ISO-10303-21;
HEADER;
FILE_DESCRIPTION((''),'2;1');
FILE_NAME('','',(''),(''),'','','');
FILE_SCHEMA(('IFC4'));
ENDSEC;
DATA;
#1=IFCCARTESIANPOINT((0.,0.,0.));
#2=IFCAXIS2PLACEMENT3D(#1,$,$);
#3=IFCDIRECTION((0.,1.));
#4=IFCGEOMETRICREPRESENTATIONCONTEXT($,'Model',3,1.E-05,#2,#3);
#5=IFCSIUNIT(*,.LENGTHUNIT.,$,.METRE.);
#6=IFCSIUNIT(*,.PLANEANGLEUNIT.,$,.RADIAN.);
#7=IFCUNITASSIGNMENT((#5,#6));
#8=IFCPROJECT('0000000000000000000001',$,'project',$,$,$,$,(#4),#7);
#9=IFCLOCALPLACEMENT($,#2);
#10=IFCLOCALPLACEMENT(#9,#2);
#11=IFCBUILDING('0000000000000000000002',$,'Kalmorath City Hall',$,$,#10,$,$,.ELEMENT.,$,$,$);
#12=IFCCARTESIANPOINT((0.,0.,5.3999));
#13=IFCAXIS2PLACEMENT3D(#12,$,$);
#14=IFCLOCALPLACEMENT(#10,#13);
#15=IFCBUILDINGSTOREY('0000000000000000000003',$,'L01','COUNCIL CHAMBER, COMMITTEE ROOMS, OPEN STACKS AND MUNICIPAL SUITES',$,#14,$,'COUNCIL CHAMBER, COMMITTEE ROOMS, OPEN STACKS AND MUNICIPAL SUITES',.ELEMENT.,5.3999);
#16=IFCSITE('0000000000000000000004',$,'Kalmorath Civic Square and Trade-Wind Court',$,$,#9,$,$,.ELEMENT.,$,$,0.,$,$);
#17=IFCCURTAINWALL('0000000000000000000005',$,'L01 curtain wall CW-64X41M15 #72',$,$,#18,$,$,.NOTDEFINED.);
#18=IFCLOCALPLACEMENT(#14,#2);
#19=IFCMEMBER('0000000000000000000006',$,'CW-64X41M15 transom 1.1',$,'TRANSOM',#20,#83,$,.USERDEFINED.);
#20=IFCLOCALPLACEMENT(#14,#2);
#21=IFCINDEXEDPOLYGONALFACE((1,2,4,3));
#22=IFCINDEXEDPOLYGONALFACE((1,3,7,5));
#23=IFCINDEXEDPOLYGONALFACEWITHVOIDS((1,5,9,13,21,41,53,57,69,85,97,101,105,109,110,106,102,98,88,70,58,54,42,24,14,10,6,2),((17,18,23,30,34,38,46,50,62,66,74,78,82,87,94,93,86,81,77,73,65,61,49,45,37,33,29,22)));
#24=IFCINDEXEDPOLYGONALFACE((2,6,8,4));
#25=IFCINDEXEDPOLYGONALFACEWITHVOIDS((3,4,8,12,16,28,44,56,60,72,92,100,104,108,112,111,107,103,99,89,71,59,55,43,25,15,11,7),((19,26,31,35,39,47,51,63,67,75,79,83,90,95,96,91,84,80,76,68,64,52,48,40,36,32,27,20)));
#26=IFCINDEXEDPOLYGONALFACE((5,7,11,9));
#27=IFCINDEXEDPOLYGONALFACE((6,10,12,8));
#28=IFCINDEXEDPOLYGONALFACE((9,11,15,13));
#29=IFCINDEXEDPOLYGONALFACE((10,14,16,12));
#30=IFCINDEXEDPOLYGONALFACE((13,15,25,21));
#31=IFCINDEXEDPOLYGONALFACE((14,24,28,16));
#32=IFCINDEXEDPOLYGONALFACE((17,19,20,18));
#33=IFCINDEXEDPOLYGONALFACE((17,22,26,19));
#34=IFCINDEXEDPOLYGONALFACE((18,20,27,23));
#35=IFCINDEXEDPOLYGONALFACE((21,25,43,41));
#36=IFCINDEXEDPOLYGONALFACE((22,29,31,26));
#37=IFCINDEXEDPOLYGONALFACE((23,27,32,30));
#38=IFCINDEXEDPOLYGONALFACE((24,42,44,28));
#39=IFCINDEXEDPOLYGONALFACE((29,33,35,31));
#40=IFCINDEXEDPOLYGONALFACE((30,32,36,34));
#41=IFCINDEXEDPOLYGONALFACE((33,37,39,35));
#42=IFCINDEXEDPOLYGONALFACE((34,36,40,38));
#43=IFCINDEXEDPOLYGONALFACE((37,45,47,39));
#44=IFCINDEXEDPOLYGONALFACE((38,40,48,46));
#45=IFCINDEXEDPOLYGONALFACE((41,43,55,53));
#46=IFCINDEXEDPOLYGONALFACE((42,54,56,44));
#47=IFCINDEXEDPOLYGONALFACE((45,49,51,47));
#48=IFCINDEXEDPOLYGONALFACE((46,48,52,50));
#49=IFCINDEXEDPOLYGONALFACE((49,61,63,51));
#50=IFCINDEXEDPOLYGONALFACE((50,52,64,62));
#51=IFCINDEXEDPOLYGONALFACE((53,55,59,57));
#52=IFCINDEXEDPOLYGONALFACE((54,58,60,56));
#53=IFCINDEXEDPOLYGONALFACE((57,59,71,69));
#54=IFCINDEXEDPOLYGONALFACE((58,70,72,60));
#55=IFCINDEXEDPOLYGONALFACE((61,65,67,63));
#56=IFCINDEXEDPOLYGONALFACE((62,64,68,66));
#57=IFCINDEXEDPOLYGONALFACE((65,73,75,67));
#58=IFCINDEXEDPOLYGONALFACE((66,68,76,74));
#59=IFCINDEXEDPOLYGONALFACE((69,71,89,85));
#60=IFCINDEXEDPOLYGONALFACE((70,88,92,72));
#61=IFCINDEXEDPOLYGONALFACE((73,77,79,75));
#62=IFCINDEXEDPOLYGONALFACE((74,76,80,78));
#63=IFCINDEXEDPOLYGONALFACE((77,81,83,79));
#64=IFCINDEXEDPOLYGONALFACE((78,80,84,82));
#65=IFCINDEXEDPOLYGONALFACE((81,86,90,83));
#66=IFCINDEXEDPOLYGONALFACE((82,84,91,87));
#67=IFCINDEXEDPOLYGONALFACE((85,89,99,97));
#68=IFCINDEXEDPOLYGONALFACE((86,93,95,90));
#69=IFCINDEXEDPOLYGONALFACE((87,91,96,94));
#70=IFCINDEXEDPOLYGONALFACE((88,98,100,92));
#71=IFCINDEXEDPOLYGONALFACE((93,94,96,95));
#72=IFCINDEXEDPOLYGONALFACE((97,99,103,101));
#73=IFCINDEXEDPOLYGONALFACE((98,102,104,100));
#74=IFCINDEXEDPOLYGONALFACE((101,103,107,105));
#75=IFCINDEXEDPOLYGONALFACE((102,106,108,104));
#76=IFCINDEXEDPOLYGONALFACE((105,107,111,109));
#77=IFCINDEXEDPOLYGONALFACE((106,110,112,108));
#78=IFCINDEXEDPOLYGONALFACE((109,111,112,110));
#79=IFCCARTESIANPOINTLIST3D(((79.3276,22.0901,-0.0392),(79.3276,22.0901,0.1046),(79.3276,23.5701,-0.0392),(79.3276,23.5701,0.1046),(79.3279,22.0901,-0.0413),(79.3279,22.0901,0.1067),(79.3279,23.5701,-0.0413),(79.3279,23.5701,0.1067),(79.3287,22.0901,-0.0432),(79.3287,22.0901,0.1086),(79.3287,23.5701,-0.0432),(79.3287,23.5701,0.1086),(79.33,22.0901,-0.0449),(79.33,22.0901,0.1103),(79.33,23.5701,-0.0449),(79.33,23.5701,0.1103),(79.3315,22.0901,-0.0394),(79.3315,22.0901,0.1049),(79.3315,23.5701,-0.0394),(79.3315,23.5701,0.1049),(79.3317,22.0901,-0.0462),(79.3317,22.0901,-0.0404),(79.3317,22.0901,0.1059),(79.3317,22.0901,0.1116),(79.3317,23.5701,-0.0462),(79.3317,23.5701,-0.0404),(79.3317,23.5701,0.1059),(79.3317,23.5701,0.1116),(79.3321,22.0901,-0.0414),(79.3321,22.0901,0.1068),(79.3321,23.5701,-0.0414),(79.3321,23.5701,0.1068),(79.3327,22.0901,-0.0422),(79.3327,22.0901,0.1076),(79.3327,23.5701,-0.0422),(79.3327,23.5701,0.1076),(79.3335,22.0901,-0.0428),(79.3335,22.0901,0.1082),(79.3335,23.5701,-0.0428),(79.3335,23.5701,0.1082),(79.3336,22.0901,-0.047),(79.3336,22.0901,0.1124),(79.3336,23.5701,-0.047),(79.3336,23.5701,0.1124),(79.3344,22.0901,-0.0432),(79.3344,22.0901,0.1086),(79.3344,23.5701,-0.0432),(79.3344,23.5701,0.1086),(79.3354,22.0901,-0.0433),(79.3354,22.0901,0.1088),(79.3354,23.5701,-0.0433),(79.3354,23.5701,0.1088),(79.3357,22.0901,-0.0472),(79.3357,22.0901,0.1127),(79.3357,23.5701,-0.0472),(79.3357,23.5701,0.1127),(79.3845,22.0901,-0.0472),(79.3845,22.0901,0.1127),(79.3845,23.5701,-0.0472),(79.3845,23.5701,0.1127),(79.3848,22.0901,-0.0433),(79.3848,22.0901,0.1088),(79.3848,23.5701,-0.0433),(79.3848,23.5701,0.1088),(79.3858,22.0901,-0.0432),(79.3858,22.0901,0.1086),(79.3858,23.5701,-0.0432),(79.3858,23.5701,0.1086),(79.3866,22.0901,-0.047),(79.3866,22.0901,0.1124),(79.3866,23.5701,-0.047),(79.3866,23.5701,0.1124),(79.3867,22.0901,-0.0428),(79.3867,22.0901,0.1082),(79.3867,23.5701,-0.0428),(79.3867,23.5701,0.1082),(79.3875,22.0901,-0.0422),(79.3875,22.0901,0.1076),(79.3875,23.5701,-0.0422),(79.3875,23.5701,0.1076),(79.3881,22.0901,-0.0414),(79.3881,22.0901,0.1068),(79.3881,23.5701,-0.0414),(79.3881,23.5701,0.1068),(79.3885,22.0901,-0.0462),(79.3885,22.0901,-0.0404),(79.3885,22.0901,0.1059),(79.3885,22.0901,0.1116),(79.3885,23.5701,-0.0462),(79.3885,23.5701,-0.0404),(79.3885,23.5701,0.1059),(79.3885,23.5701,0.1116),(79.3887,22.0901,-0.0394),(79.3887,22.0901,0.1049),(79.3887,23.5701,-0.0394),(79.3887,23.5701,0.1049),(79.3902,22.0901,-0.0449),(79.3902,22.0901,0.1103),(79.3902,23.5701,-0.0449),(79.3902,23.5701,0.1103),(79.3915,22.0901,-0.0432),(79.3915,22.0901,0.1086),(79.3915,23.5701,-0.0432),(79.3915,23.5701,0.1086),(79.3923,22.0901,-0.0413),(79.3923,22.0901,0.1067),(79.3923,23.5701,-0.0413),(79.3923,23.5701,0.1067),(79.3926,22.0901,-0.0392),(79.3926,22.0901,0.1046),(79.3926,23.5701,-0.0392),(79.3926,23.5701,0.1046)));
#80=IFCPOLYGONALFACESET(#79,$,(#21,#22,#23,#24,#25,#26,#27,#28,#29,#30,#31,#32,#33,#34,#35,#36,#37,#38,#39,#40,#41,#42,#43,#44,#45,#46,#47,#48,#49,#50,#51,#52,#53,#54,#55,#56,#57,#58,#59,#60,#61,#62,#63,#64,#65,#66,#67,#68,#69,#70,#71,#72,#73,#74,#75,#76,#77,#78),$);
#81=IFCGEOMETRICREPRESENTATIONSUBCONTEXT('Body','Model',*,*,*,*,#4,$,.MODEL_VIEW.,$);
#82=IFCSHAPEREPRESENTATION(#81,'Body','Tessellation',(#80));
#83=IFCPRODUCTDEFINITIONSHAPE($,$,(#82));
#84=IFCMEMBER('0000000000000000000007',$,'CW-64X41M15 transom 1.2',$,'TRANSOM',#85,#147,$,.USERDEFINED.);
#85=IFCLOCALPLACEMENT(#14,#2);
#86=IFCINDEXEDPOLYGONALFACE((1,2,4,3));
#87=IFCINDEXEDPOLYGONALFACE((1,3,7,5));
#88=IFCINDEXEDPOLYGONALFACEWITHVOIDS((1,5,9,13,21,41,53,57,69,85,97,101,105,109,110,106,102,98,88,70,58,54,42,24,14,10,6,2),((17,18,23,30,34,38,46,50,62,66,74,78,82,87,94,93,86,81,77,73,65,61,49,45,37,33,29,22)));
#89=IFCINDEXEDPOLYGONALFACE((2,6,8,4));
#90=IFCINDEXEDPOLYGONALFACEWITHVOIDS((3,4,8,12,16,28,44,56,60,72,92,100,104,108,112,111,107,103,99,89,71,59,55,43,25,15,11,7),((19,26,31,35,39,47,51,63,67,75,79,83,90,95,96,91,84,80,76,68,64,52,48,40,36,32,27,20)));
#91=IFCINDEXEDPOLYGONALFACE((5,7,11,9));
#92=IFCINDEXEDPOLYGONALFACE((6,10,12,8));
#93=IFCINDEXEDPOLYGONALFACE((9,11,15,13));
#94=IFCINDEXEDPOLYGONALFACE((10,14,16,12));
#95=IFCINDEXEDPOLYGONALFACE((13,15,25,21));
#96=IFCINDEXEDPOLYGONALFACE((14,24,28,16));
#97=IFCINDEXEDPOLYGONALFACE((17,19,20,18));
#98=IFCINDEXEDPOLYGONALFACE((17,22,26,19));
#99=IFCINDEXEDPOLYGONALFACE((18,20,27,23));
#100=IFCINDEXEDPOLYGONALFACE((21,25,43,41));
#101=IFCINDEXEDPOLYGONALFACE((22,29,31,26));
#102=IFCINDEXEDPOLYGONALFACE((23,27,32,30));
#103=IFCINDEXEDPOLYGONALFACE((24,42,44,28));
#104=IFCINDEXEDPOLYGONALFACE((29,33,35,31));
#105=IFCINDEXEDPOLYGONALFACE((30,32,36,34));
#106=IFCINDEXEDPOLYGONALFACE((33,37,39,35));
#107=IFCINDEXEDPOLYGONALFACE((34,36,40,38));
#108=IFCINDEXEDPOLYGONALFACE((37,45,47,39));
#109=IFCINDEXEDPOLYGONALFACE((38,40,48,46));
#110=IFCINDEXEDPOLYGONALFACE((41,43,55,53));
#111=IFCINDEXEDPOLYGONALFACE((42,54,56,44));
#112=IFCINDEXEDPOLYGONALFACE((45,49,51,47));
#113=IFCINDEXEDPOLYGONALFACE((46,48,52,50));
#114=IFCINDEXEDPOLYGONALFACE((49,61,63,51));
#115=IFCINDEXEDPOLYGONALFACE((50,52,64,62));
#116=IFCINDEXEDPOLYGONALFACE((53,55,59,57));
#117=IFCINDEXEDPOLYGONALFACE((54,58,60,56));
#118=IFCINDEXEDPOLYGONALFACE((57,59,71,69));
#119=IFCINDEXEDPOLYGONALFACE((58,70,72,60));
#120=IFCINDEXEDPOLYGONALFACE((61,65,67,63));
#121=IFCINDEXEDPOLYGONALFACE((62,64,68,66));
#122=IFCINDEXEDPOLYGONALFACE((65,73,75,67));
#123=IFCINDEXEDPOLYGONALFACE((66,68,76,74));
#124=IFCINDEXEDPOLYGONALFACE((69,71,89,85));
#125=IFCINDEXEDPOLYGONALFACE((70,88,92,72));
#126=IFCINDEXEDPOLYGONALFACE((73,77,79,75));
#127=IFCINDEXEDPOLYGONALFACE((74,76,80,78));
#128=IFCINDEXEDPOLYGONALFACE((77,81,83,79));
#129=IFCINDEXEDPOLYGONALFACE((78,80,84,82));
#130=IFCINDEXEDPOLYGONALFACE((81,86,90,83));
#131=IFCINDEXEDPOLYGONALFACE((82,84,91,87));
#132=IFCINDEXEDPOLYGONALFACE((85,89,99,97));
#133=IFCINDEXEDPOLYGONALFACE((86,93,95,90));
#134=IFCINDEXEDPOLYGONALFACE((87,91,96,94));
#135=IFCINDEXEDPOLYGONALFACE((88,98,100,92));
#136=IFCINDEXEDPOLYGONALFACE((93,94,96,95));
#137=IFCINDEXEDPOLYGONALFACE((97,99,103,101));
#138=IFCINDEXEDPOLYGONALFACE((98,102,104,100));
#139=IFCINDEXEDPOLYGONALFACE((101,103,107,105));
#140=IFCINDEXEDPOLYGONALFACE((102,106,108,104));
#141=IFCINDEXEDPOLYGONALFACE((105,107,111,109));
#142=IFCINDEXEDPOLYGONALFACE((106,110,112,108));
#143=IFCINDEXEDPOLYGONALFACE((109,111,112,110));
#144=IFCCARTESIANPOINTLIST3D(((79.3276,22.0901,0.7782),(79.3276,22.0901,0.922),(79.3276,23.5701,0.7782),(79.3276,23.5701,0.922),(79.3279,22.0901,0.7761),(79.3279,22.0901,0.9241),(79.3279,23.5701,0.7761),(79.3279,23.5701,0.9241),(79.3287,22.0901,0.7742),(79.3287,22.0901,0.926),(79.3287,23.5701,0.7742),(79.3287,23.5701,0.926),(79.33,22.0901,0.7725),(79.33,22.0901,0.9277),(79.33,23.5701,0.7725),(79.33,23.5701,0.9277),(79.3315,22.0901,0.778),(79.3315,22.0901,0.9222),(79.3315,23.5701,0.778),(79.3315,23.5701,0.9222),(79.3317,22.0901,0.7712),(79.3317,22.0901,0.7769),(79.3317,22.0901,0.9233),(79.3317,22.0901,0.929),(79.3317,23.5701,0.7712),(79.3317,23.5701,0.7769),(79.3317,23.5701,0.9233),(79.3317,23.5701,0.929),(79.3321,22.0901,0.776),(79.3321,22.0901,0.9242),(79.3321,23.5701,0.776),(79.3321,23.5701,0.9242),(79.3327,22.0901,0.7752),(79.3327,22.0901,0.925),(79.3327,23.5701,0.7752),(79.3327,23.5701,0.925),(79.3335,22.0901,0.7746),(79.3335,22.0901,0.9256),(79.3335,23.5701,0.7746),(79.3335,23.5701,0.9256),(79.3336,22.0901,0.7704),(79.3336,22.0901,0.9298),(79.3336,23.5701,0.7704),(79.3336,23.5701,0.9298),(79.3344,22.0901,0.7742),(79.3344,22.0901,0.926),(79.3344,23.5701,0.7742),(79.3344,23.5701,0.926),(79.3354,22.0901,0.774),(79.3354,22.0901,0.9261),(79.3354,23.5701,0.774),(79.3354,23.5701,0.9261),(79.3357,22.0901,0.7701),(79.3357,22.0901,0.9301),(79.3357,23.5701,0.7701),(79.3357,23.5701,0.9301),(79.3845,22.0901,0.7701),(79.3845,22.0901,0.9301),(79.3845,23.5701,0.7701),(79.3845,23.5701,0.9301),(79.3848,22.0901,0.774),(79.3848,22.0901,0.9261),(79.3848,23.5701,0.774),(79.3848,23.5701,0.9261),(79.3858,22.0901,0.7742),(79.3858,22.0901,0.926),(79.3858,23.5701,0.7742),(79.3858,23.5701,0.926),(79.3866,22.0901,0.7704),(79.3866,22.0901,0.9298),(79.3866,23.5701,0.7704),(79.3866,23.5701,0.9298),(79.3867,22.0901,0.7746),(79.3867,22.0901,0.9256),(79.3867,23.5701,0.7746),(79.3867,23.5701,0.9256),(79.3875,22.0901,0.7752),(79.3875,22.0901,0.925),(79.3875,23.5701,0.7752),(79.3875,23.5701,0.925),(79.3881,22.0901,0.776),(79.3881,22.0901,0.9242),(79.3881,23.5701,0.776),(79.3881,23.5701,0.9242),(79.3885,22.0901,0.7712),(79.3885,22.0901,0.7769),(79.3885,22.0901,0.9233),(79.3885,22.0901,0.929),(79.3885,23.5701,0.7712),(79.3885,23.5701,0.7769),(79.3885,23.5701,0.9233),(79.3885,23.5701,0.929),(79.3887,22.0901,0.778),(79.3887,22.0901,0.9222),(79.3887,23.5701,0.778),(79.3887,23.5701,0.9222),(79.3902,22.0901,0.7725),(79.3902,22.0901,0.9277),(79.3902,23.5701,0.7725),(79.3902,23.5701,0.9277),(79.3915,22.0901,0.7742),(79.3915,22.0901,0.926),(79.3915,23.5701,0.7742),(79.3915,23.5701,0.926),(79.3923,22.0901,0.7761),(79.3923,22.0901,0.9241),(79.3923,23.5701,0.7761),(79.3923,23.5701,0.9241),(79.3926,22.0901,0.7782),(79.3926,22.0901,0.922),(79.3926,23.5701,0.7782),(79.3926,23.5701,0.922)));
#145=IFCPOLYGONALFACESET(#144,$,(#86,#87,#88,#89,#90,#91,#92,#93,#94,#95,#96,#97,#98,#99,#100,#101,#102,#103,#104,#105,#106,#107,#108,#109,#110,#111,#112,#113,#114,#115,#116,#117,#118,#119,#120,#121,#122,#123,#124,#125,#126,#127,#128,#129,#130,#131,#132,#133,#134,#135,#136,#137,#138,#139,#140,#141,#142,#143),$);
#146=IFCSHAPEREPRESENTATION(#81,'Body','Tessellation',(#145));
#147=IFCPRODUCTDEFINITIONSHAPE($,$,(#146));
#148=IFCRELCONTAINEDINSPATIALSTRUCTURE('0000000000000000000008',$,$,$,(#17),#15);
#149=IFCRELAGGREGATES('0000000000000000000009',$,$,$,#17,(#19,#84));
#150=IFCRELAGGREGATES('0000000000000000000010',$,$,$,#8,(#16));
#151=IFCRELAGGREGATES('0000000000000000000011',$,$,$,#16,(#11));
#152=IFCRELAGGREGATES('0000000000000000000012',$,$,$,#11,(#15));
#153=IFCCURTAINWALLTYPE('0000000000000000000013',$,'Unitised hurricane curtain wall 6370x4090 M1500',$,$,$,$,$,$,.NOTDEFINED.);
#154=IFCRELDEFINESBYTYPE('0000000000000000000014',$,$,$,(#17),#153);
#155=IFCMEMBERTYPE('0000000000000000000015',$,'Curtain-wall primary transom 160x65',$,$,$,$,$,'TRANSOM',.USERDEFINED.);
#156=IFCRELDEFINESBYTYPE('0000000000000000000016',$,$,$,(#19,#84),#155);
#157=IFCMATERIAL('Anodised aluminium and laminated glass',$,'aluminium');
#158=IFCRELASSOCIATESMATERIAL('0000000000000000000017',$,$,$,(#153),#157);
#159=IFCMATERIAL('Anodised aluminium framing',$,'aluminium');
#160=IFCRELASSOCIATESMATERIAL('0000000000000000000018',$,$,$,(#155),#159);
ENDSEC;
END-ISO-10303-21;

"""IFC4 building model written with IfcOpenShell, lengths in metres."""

from ifc_helpers import new_model, si_unit, direction, frame, origin, origin_2d, place, context, subcontext, project, spatial, hollow_rectangle, extrude, material, material_profile, profile_set, type_object, element, aggregate, save


model = new_model("IFC4")

# Units and contexts
model_context = context("Model", 3, precision=1e-05, world=origin(), true_north=direction((0.0, 1.0)))
body_context = subcontext(model_context, "Body", "Model", "MODEL_VIEW")
ifc_project = project(units=[si_unit("LENGTHUNIT", "METRE"), si_unit("PLANEANGLEUNIT", "RADIAN")], contexts=[model_context])

# Site, building, storey
site_placement = place(None, origin())
site = spatial("IfcSite", under=ifc_project, at=site_placement, Name="Kalmorath Civic Square and Trade-Wind Court", CompositionType="ELEMENT", RefElevation=0.0)
building_placement = place(site_placement, origin())
building = spatial("IfcBuilding", under=site, at=building_placement, Name="Kalmorath City Hall", CompositionType="ELEMENT")
storey_placement = place(building_placement, frame((0.0, 0.0, 5.3999)))
storey = spatial("IfcBuildingStorey", under=building, at=storey_placement, Name="L01", Description="COUNCIL CHAMBER, COMMITTEE ROOMS, OPEN STACKS AND MUNICIPAL SUITES", LongName="COUNCIL CHAMBER, COMMITTEE ROOMS, OPEN STACKS AND MUNICIPAL SUITES", CompositionType="ELEMENT", Elevation=5.3999)

# Curtain wall, members
ifc_material_1 = material(Name="Anodised aluminium and laminated glass", Category="aluminium")
curtain_wall_type = type_object("IfcCurtainWallType", Name="Unitised hurricane curtain wall 6370x4090 M1500", PredefinedType="NOTDEFINED", material=ifc_material_1)
curtain_wall_placement = place(storey_placement, origin())
curtain_wall = element("IfcCurtainWall", 1, at=curtain_wall_placement, inside=storey, type_object=curtain_wall_type, Name="L01 curtain wall CW-64X41M15 #72", PredefinedType="NOTDEFINED")
ifc_material_2 = material(Name="Anodised aluminium framing", Category="aluminium")
ifc_material_profile_1 = material_profile(ifc_material_2, hollow_rectangle(XDim=0.0649, YDim=0.1599, WallThickness=0.0039, InnerFilletRadius=0.0039, OuterFilletRadius=0.0081, at=origin_2d()), Name="ALU-TRN-160X65X4")
ifc_profile_set_1 = profile_set([ifc_material_profile_1], Name="Anodised aluminium framing")
member_type_1 = type_object("IfcMemberType", Name="Curtain-wall primary transom 160x65", ElementType="TRANSOM", PredefinedType="USERDEFINED", material=ifc_profile_set_1)
member_1_placement = place(storey_placement, frame((79.3601, 22.0901, 0.0327), z_axis=(0.0, 1.0, 0.0), x_axis=(-1.0, 0.0, 0.0)))
member_1 = element("IfcMember", 2, at=member_1_placement, type_object=member_type_1, Name="CW-64X41M15 transom 1.1", ObjectType="TRANSOM", PredefinedType="USERDEFINED", context=body_context, shape_type="SweptSolid", body=[
    extrude(hollow_rectangle(XDim=0.0649, YDim=0.1599, WallThickness=0.0039, InnerFilletRadius=0.0039, OuterFilletRadius=0.0081, at=origin_2d()), origin(), (0.0, 0.0, 1.0), 1.48),
])
member_2_placement = place(storey_placement, frame((79.3601, 22.0901, 0.8501), z_axis=(0.0, 1.0, 0.0), x_axis=(-1.0, 0.0, 0.0)))
member_2 = element("IfcMember", 3, at=member_2_placement, type_object=member_type_1, Name="CW-64X41M15 transom 1.2", ObjectType="TRANSOM", PredefinedType="USERDEFINED", context=body_context, shape_type="SweptSolid", body=[
    extrude(hollow_rectangle(XDim=0.0649, YDim=0.1599, WallThickness=0.0039, InnerFilletRadius=0.0039, OuterFilletRadius=0.0081, at=origin_2d()), origin(), (0.0, 0.0, 1.0), 1.48),
])

aggregate(curtain_wall, [member_1, member_2])

save(model, "model.ifc")
